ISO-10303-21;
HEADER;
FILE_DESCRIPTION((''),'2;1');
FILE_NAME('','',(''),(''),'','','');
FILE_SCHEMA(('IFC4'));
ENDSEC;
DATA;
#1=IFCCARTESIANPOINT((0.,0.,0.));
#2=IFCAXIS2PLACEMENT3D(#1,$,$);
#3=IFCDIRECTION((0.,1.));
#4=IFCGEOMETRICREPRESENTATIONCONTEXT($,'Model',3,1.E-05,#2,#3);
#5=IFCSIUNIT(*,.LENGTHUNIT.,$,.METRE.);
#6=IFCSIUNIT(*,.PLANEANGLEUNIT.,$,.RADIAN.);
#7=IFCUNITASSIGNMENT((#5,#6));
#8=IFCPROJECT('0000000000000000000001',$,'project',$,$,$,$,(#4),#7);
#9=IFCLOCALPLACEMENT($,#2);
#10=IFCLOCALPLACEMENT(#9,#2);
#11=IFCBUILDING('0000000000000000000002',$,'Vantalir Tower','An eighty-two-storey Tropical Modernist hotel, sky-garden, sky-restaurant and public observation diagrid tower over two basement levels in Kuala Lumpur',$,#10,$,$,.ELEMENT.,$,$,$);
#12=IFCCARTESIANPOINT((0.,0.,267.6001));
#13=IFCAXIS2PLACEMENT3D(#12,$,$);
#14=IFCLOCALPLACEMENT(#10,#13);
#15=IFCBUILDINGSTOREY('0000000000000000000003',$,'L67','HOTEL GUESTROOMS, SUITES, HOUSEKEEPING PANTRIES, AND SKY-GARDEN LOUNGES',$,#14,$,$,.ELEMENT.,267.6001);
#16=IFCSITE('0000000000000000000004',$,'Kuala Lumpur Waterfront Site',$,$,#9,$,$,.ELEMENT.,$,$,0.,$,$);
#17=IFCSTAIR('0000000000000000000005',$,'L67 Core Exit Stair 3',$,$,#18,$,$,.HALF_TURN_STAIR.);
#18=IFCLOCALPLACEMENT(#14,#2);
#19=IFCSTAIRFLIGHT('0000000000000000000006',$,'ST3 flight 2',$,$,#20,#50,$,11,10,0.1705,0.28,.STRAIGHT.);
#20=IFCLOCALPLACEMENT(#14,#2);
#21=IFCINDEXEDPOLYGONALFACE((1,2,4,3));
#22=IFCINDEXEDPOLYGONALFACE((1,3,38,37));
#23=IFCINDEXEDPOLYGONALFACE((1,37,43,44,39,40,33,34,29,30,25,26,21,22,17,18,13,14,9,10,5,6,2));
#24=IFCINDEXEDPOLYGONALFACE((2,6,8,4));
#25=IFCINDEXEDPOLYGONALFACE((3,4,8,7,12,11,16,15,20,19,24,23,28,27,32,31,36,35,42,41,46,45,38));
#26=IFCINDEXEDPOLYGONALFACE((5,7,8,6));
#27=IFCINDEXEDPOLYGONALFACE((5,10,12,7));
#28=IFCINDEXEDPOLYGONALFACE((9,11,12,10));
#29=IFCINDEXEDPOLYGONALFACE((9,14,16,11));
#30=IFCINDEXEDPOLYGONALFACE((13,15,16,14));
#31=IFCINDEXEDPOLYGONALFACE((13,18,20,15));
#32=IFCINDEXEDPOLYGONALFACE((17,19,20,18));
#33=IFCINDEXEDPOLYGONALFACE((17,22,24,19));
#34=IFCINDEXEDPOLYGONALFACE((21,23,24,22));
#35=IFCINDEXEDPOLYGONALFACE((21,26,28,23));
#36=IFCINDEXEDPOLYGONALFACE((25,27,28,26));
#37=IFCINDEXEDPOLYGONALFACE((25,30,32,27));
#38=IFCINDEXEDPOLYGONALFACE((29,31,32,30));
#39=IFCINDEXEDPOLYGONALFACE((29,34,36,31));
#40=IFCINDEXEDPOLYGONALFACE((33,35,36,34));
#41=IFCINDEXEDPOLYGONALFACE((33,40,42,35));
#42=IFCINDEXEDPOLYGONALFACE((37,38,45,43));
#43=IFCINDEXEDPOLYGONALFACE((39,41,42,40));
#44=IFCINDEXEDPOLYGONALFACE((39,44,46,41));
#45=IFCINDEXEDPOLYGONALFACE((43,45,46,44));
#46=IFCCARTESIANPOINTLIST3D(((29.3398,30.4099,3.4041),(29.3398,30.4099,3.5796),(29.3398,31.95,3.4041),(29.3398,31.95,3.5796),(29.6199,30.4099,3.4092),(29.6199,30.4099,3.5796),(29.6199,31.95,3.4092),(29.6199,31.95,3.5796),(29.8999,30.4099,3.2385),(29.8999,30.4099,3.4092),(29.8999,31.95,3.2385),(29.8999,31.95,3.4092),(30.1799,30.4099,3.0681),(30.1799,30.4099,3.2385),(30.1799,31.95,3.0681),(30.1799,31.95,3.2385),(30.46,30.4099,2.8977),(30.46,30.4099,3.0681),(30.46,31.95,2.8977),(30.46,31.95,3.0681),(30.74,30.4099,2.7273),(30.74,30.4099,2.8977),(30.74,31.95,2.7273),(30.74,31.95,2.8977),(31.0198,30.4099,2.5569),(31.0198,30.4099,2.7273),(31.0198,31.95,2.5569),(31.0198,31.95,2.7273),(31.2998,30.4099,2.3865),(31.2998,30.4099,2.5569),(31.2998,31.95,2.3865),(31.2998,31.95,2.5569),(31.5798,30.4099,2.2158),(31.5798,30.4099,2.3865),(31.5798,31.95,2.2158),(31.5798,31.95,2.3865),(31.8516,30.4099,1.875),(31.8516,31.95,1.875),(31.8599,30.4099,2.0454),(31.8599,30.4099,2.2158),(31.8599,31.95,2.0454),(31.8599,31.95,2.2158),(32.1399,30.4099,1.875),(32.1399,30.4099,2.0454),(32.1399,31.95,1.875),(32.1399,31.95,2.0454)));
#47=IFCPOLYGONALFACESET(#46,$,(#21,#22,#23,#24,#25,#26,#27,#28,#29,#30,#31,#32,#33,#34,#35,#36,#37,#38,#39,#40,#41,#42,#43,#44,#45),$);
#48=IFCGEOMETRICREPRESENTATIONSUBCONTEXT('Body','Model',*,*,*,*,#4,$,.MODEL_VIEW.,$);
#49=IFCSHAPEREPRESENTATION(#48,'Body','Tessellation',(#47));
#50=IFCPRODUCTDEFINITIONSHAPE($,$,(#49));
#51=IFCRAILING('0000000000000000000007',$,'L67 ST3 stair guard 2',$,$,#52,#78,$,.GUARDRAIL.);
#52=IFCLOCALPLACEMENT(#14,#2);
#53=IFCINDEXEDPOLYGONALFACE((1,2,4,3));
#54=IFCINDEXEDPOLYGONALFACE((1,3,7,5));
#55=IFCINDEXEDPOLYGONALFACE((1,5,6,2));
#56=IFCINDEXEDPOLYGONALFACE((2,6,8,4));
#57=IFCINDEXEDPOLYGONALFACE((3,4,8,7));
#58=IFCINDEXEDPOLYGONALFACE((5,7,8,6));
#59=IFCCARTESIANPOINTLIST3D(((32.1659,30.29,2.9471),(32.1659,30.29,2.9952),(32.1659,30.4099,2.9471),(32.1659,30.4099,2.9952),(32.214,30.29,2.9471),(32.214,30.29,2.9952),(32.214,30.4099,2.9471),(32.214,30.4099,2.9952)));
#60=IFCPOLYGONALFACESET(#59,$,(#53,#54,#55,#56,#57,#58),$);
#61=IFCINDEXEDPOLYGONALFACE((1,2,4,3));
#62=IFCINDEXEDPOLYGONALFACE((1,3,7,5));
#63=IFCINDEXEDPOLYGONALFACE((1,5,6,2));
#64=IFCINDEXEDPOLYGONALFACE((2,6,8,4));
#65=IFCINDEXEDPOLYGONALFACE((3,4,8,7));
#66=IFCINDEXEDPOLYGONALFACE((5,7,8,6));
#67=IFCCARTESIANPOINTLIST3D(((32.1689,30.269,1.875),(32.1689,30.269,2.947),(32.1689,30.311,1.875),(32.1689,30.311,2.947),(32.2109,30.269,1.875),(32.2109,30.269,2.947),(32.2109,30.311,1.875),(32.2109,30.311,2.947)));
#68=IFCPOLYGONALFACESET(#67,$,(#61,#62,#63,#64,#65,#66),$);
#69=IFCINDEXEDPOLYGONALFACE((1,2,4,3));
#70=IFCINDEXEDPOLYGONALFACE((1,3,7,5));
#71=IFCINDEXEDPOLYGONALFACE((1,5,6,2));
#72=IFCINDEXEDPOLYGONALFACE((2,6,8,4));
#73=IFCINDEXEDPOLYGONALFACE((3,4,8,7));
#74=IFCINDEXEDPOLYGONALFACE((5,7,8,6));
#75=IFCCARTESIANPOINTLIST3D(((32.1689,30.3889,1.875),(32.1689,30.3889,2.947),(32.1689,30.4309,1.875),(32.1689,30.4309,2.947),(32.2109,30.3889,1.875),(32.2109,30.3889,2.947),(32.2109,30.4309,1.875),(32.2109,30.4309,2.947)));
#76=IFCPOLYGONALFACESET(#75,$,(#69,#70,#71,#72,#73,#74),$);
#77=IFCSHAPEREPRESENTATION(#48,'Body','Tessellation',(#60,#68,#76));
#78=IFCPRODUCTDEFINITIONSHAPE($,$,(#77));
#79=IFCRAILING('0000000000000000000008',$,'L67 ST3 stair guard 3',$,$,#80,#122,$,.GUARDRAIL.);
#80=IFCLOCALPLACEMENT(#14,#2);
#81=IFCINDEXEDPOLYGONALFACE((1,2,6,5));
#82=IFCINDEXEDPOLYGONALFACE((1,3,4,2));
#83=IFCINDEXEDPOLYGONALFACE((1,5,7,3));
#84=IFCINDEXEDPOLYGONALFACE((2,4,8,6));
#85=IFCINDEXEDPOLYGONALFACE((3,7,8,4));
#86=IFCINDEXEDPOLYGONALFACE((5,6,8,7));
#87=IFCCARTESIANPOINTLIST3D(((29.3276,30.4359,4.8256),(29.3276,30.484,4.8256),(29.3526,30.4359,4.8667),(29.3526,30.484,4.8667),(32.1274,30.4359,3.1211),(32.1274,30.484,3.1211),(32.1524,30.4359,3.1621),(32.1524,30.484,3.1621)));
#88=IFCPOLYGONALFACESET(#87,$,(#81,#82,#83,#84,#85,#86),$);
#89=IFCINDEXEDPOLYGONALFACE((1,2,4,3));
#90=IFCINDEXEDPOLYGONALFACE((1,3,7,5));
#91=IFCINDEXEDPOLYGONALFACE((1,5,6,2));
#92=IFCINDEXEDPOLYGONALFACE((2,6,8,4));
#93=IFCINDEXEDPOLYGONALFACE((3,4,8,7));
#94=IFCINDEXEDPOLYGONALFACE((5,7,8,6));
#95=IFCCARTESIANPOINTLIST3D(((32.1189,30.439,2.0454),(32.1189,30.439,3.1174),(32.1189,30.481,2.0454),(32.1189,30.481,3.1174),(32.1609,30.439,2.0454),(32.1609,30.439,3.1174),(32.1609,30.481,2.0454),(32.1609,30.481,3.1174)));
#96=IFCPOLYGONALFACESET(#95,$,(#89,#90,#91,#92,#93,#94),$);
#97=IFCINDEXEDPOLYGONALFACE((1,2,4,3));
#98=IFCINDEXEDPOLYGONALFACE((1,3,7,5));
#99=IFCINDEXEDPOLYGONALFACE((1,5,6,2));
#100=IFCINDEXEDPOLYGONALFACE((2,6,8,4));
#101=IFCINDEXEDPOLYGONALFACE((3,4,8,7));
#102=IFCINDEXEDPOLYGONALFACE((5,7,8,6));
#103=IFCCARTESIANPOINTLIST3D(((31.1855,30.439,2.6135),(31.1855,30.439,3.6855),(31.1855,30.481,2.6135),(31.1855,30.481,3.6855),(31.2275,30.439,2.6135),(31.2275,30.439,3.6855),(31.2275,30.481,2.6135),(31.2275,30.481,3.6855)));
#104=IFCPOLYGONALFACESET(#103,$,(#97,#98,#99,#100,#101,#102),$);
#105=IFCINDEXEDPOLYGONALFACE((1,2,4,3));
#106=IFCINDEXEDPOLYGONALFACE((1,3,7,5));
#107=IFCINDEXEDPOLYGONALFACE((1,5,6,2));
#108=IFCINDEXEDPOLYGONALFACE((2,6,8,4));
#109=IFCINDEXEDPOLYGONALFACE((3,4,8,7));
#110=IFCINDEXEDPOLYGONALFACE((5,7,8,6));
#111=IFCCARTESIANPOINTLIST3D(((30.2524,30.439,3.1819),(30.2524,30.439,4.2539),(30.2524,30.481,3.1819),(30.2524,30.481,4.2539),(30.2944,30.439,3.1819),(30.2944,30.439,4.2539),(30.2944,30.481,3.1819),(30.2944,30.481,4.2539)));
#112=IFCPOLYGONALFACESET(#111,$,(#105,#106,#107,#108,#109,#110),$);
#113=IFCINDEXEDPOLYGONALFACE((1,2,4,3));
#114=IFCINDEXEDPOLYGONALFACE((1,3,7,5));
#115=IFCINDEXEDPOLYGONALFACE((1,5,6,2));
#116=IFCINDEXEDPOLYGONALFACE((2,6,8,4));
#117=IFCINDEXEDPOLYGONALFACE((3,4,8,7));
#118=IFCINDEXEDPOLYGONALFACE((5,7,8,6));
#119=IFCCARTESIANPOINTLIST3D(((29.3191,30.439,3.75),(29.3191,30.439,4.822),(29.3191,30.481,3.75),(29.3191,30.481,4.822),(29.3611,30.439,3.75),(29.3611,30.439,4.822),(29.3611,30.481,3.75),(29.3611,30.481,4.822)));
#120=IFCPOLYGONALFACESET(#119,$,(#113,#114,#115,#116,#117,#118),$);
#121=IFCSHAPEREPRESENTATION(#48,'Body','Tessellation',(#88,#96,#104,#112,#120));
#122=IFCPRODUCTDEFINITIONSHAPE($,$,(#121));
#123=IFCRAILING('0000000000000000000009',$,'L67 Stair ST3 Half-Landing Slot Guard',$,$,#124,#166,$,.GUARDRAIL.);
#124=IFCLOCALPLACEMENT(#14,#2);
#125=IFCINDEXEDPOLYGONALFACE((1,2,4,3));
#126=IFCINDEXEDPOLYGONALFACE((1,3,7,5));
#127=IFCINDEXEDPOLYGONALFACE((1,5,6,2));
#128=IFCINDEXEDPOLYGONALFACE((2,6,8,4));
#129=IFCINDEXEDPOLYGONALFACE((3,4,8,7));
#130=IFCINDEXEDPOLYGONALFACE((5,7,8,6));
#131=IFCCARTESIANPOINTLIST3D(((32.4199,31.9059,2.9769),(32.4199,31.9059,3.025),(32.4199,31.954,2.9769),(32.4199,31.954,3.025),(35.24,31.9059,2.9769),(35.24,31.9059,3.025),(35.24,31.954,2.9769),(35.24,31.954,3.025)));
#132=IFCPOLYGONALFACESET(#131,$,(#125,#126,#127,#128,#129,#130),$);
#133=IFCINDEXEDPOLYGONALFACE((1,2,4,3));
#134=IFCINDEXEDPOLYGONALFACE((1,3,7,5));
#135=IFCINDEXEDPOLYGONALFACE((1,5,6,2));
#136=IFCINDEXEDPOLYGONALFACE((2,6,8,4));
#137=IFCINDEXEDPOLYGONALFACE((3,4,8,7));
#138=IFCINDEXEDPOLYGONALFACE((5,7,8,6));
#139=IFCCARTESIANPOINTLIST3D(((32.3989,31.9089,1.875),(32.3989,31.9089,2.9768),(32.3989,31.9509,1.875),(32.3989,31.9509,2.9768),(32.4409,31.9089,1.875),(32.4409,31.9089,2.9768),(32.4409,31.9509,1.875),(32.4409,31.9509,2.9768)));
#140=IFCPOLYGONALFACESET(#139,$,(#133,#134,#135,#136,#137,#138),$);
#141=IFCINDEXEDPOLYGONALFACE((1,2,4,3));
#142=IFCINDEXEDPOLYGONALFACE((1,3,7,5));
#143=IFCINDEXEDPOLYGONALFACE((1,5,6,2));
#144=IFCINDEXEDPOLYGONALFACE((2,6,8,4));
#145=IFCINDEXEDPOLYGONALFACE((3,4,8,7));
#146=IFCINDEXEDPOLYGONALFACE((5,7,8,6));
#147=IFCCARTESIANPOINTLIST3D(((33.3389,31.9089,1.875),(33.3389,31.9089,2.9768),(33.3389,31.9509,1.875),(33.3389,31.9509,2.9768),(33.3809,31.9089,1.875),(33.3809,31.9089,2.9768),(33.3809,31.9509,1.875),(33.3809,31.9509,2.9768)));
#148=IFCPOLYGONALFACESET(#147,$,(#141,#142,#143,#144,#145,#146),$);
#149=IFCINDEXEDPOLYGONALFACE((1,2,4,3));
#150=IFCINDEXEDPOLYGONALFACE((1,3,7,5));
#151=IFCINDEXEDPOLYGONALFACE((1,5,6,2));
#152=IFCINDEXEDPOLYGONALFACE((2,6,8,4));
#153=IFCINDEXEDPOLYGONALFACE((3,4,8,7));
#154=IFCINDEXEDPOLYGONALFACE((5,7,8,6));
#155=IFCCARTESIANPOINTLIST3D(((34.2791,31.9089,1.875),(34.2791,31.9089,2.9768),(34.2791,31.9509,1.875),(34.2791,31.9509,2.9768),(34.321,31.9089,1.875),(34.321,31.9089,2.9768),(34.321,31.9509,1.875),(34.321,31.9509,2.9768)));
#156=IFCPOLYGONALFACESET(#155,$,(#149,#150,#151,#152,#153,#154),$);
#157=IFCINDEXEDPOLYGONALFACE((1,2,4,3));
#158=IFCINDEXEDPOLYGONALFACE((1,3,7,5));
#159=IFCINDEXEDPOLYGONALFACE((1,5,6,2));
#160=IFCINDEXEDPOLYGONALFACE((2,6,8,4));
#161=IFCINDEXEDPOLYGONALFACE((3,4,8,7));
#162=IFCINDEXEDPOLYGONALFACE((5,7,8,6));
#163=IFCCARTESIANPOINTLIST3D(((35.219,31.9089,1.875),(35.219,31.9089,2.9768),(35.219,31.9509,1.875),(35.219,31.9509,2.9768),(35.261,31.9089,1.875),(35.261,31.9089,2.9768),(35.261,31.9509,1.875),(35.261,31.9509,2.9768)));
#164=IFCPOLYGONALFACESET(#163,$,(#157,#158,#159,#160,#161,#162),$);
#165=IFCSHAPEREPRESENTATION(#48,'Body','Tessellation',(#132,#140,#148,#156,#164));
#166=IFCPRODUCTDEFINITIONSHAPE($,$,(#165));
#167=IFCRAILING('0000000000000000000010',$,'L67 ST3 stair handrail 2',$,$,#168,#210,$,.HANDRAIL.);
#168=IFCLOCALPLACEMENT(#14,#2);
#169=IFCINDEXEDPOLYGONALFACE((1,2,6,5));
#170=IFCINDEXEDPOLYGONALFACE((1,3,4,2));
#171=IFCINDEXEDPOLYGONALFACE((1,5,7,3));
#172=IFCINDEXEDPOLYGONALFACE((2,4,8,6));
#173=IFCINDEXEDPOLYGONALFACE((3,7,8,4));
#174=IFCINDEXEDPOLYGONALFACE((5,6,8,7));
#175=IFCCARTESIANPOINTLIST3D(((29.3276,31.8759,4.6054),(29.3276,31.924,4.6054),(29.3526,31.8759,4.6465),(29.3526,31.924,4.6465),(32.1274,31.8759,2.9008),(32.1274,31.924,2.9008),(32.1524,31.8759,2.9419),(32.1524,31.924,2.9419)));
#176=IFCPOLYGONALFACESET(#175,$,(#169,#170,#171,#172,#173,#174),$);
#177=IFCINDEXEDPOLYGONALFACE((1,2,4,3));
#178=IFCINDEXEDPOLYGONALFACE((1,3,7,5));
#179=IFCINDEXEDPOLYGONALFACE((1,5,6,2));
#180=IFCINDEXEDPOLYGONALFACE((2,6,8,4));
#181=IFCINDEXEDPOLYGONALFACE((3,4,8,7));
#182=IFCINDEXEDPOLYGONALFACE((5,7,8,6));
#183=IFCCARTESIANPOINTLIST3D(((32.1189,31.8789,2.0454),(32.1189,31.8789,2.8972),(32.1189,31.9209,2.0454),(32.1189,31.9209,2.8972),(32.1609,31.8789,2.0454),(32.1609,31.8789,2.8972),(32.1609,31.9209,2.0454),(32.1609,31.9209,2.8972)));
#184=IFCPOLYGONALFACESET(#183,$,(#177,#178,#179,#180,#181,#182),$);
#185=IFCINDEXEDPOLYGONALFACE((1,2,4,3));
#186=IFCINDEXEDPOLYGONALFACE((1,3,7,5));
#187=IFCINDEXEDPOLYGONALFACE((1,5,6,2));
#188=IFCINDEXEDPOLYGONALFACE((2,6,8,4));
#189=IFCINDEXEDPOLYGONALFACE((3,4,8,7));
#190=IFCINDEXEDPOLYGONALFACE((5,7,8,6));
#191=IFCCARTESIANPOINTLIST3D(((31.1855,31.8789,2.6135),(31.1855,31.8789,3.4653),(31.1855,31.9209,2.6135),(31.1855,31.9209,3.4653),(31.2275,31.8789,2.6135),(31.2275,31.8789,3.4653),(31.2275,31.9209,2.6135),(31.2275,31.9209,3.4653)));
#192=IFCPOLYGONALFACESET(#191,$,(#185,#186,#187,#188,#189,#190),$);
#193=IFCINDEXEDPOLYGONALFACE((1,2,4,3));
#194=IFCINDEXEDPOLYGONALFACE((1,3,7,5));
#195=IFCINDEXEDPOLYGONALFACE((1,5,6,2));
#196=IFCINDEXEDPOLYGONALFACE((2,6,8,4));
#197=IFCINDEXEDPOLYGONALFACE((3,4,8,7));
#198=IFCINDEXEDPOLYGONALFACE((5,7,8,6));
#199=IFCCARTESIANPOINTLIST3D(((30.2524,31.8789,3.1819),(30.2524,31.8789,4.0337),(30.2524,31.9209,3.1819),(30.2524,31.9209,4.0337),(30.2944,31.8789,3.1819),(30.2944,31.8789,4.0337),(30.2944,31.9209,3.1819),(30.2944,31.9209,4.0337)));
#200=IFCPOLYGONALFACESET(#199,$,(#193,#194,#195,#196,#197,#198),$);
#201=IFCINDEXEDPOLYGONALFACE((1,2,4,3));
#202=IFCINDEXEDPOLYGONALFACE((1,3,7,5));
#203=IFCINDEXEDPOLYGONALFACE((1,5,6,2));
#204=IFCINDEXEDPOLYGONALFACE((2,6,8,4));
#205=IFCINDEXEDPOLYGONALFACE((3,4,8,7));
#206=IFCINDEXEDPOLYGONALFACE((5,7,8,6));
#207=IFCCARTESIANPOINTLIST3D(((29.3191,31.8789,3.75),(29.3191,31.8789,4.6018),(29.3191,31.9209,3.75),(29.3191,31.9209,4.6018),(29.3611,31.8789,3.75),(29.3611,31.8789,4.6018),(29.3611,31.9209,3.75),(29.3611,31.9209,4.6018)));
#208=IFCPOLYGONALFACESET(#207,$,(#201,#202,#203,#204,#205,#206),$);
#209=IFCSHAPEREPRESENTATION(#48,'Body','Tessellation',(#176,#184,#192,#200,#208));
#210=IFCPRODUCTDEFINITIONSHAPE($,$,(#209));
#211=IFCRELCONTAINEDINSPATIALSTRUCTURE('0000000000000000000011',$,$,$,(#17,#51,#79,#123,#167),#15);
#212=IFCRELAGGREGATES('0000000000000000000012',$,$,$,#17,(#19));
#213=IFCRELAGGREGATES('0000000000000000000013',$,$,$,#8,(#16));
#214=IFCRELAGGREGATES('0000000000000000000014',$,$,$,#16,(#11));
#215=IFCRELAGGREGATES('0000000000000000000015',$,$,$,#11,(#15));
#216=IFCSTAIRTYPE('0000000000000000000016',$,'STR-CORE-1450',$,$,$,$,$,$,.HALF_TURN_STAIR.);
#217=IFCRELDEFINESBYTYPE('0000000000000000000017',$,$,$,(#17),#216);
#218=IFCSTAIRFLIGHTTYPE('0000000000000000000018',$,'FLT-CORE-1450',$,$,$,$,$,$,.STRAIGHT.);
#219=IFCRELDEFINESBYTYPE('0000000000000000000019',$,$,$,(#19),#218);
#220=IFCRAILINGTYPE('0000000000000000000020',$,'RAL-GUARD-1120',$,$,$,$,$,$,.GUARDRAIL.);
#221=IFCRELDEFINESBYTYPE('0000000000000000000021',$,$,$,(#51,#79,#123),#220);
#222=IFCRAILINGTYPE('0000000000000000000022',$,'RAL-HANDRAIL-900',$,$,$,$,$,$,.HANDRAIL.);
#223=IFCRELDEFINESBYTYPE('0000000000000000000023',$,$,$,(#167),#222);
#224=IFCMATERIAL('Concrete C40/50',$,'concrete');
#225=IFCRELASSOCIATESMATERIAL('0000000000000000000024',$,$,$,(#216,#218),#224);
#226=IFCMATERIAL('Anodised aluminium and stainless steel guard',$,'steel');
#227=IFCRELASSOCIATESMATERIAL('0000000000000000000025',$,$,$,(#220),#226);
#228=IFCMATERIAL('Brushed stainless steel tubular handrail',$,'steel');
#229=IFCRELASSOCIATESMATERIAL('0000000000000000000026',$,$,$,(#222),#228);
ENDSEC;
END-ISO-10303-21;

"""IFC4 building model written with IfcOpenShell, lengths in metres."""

from ifc_helpers import new_model, si_unit, direction, frame, origin, origin_2d, place, context, subcontext, project, spatial, polyline, rectangle, outline, extrude, material, type_object, element, aggregate, save


model = new_model("IFC4")

# Units and contexts
model_context = context("Model", 3, precision=1e-05, world=origin(), true_north=direction((0.0, 1.0)))
body_context = subcontext(model_context, "Body", "Model", "MODEL_VIEW")
ifc_project = project(units=[si_unit("LENGTHUNIT", "METRE"), si_unit("PLANEANGLEUNIT", "RADIAN")], contexts=[model_context])

# Site, building, storey
site_placement = place(None, origin())
site = spatial("IfcSite", under=ifc_project, at=site_placement, Name="Kuala Lumpur Waterfront Site", CompositionType="ELEMENT", RefElevation=0.0)
building_placement = place(site_placement, origin())
building = spatial("IfcBuilding", under=site, at=building_placement, Name="Vantalir Tower", Description="An eighty-two-storey Tropical Modernist hotel, sky-garden, sky-restaurant and public observation diagrid tower over two basement levels in Kuala Lumpur", CompositionType="ELEMENT")
storey_placement = place(building_placement, frame((0.0, 0.0, 267.6001)))
storey = spatial("IfcBuildingStorey", under=building, at=storey_placement, Name="L67", Description="HOTEL GUESTROOMS, SUITES, HOUSEKEEPING PANTRIES, AND SKY-GARDEN LOUNGES", CompositionType="ELEMENT", Elevation=267.6001)

# Stair, stair flight
ifc_material_1 = material(Name="Concrete C40/50", Category="concrete")
stair_type = type_object("IfcStairType", Name="STR-CORE-1450", PredefinedType="HALF_TURN_STAIR", material=ifc_material_1)
stair_placement = place(storey_placement, origin())
stair = element("IfcStair", 1, at=stair_placement, inside=storey, type_object=stair_type, Name="L67 Core Exit Stair 3", PredefinedType="HALF_TURN_STAIR")
stair_flight_type = type_object("IfcStairFlightType", Name="FLT-CORE-1450", PredefinedType="STRAIGHT", material=ifc_material_1)
stair_flight_placement = place(storey_placement, frame((32.1399, 31.1799, 1.875), z_axis=(0.0, 0.0, 1.0), x_axis=(-1.0, 0.0, 0.0)))
stair_flight = element("IfcStairFlight", 2, at=stair_flight_placement, type_object=stair_flight_type, Name="ST3 flight 2", NumberOfRisers=11, NumberOfTreads=10, PredefinedType="STRAIGHT", RiserHeight=0.1705, TreadLength=0.28, context=body_context, shape_type="SweptSolid", body=[
    extrude(outline(polyline([(0.0, 0.0), (0.0, 0.1704), (0.28, 0.1704), (0.28, 0.3408), (0.5601, 0.3408), (0.5601, 0.5115), (0.8401, 0.5115), (0.8401, 0.6819), (1.1201, 0.6819), (1.1201, 0.8523), (1.3999, 0.8523), (1.3999, 1.0227), (1.6799, 1.0227), (1.6799, 1.1931), (1.96, 1.1931), (1.96, 1.3635), (2.24, 1.3635), (2.24, 1.5342), (2.52, 1.5342), (2.52, 1.7046), (2.8, 1.7046), (2.8, 1.875), (2.8, 1.5291), (0.2883, 0.0), (0.0, 0.0)])), frame((0.0, 0.77, 0.0), z_axis=(0.0, -1.0, 0.0), x_axis=(1.0, 0.0, 0.0)), (0.0, 0.0, 1.0), 1.54),
])
aggregate(stair, [stair_flight])

# Railings
ifc_material_2 = material(Name="Anodised aluminium and stainless steel guard", Category="steel")
railing_type_1 = type_object("IfcRailingType", Name="RAL-GUARD-1120", PredefinedType="GUARDRAIL", material=ifc_material_2)
railing_1_placement = place(storey_placement, frame((32.1899, 30.29, 1.875)))
element("IfcRailing", 3, at=railing_1_placement, inside=storey, type_object=railing_type_1, Name="L67 ST3 stair guard 2", PredefinedType="GUARDRAIL", context=body_context, shape_type="SweptSolid", body=[
    extrude(rectangle(XDim=0.0481, YDim=0.0481, at=origin_2d()), frame((0.0, 0.0, 1.0962), z_axis=(0.0, 1.0, 0.0), x_axis=(-1.0, 0.0, 0.0)), (0.0, 0.0, 1.0), 0.1199),
    extrude(rectangle(XDim=0.042, YDim=0.042, at=origin_2d()), origin(), (0.0, 0.0, 1.0), 1.072),
    extrude(rectangle(XDim=0.042, YDim=0.042, at=origin_2d()), frame((0.0, 0.1199, 0.0)), (0.0, 0.0, 1.0), 1.072),
])
railing_2_placement = place(storey_placement, frame((32.1399, 30.46, 2.0454)))
element("IfcRailing", 4, at=railing_2_placement, inside=storey, type_object=railing_type_1, Name="L67 ST3 stair guard 3", PredefinedType="GUARDRAIL", context=body_context, shape_type="SweptSolid", body=[
    extrude(rectangle(XDim=0.0481, YDim=0.0481, at=origin_2d()), frame((0.0, 0.0, 1.0962), z_axis=(-0.85415, 0.0, 0.520027), x_axis=(0.0, -1.0, 0.0)), (0.0, 0.0, 1.0), 3.2778),
    extrude(rectangle(XDim=0.042, YDim=0.042, at=origin_2d()), origin(), (0.0, 0.0, 1.0), 1.072),
    extrude(rectangle(XDim=0.042, YDim=0.042, at=origin_2d()), frame((-0.9333, 0.0, 0.5681)), (0.0, 0.0, 1.0), 1.072),
    extrude(rectangle(XDim=0.042, YDim=0.042, at=origin_2d()), frame((-1.8665, 0.0, 1.1365)), (0.0, 0.0, 1.0), 1.072),
    extrude(rectangle(XDim=0.042, YDim=0.042, at=origin_2d()), frame((-2.7998, 0.0, 1.7046)), (0.0, 0.0, 1.0), 1.072),
])
railing_3_placement = place(storey_placement, frame((32.4199, 31.9299, 1.875)))
element("IfcRailing", 5, at=railing_3_placement, inside=storey, type_object=railing_type_1, Name="L67 Stair ST3 Half-Landing Slot Guard", PredefinedType="GUARDRAIL", context=body_context, shape_type="SweptSolid", body=[
    extrude(rectangle(XDim=0.0481, YDim=0.0481, at=origin_2d()), frame((0.0, 0.0, 1.126), z_axis=(1.0, 0.0, 0.0), x_axis=(0.0, 1.0, 0.0)), (0.0, 0.0, 1.0), 2.8201),
    extrude(rectangle(XDim=0.042, YDim=0.042, at=origin_2d()), origin(), (0.0, 0.0, 1.0), 1.1018),
    extrude(rectangle(XDim=0.042, YDim=0.042, at=origin_2d()), frame((0.9399, 0.0, 0.0)), (0.0, 0.0, 1.0), 1.1018),
    extrude(rectangle(XDim=0.042, YDim=0.042, at=origin_2d()), frame((1.8801, 0.0, 0.0)), (0.0, 0.0, 1.0), 1.1018),
    extrude(rectangle(XDim=0.042, YDim=0.042, at=origin_2d()), frame((2.8201, 0.0, 0.0)), (0.0, 0.0, 1.0), 1.1018),
])
ifc_material_3 = material(Name="Brushed stainless steel tubular handrail", Category="steel")
railing_type_2 = type_object("IfcRailingType", Name="RAL-HANDRAIL-900", PredefinedType="HANDRAIL", material=ifc_material_3)
railing_4_placement = place(storey_placement, frame((32.1399, 31.8999, 2.0454)))
element("IfcRailing", 6, at=railing_4_placement, inside=storey, type_object=railing_type_2, Name="L67 ST3 stair handrail 2", PredefinedType="HANDRAIL", context=body_context, shape_type="SweptSolid", body=[
    extrude(rectangle(XDim=0.0481, YDim=0.0481, at=origin_2d()), frame((0.0, 0.0, 0.876), z_axis=(-0.85415, 0.0, 0.520027), x_axis=(0.0, -1.0, 0.0)), (0.0, 0.0, 1.0), 3.2778),
    extrude(rectangle(XDim=0.042, YDim=0.042, at=origin_2d()), origin(), (0.0, 0.0, 1.0), 0.8518),
    extrude(rectangle(XDim=0.042, YDim=0.042, at=origin_2d()), frame((-0.9333, 0.0, 0.5681)), (0.0, 0.0, 1.0), 0.8518),
    extrude(rectangle(XDim=0.042, YDim=0.042, at=origin_2d()), frame((-1.8665, 0.0, 1.1365)), (0.0, 0.0, 1.0), 0.8518),
    extrude(rectangle(XDim=0.042, YDim=0.042, at=origin_2d()), frame((-2.7998, 0.0, 1.7046)), (0.0, 0.0, 1.0), 0.8518),
])

save(model, "model.ifc")
